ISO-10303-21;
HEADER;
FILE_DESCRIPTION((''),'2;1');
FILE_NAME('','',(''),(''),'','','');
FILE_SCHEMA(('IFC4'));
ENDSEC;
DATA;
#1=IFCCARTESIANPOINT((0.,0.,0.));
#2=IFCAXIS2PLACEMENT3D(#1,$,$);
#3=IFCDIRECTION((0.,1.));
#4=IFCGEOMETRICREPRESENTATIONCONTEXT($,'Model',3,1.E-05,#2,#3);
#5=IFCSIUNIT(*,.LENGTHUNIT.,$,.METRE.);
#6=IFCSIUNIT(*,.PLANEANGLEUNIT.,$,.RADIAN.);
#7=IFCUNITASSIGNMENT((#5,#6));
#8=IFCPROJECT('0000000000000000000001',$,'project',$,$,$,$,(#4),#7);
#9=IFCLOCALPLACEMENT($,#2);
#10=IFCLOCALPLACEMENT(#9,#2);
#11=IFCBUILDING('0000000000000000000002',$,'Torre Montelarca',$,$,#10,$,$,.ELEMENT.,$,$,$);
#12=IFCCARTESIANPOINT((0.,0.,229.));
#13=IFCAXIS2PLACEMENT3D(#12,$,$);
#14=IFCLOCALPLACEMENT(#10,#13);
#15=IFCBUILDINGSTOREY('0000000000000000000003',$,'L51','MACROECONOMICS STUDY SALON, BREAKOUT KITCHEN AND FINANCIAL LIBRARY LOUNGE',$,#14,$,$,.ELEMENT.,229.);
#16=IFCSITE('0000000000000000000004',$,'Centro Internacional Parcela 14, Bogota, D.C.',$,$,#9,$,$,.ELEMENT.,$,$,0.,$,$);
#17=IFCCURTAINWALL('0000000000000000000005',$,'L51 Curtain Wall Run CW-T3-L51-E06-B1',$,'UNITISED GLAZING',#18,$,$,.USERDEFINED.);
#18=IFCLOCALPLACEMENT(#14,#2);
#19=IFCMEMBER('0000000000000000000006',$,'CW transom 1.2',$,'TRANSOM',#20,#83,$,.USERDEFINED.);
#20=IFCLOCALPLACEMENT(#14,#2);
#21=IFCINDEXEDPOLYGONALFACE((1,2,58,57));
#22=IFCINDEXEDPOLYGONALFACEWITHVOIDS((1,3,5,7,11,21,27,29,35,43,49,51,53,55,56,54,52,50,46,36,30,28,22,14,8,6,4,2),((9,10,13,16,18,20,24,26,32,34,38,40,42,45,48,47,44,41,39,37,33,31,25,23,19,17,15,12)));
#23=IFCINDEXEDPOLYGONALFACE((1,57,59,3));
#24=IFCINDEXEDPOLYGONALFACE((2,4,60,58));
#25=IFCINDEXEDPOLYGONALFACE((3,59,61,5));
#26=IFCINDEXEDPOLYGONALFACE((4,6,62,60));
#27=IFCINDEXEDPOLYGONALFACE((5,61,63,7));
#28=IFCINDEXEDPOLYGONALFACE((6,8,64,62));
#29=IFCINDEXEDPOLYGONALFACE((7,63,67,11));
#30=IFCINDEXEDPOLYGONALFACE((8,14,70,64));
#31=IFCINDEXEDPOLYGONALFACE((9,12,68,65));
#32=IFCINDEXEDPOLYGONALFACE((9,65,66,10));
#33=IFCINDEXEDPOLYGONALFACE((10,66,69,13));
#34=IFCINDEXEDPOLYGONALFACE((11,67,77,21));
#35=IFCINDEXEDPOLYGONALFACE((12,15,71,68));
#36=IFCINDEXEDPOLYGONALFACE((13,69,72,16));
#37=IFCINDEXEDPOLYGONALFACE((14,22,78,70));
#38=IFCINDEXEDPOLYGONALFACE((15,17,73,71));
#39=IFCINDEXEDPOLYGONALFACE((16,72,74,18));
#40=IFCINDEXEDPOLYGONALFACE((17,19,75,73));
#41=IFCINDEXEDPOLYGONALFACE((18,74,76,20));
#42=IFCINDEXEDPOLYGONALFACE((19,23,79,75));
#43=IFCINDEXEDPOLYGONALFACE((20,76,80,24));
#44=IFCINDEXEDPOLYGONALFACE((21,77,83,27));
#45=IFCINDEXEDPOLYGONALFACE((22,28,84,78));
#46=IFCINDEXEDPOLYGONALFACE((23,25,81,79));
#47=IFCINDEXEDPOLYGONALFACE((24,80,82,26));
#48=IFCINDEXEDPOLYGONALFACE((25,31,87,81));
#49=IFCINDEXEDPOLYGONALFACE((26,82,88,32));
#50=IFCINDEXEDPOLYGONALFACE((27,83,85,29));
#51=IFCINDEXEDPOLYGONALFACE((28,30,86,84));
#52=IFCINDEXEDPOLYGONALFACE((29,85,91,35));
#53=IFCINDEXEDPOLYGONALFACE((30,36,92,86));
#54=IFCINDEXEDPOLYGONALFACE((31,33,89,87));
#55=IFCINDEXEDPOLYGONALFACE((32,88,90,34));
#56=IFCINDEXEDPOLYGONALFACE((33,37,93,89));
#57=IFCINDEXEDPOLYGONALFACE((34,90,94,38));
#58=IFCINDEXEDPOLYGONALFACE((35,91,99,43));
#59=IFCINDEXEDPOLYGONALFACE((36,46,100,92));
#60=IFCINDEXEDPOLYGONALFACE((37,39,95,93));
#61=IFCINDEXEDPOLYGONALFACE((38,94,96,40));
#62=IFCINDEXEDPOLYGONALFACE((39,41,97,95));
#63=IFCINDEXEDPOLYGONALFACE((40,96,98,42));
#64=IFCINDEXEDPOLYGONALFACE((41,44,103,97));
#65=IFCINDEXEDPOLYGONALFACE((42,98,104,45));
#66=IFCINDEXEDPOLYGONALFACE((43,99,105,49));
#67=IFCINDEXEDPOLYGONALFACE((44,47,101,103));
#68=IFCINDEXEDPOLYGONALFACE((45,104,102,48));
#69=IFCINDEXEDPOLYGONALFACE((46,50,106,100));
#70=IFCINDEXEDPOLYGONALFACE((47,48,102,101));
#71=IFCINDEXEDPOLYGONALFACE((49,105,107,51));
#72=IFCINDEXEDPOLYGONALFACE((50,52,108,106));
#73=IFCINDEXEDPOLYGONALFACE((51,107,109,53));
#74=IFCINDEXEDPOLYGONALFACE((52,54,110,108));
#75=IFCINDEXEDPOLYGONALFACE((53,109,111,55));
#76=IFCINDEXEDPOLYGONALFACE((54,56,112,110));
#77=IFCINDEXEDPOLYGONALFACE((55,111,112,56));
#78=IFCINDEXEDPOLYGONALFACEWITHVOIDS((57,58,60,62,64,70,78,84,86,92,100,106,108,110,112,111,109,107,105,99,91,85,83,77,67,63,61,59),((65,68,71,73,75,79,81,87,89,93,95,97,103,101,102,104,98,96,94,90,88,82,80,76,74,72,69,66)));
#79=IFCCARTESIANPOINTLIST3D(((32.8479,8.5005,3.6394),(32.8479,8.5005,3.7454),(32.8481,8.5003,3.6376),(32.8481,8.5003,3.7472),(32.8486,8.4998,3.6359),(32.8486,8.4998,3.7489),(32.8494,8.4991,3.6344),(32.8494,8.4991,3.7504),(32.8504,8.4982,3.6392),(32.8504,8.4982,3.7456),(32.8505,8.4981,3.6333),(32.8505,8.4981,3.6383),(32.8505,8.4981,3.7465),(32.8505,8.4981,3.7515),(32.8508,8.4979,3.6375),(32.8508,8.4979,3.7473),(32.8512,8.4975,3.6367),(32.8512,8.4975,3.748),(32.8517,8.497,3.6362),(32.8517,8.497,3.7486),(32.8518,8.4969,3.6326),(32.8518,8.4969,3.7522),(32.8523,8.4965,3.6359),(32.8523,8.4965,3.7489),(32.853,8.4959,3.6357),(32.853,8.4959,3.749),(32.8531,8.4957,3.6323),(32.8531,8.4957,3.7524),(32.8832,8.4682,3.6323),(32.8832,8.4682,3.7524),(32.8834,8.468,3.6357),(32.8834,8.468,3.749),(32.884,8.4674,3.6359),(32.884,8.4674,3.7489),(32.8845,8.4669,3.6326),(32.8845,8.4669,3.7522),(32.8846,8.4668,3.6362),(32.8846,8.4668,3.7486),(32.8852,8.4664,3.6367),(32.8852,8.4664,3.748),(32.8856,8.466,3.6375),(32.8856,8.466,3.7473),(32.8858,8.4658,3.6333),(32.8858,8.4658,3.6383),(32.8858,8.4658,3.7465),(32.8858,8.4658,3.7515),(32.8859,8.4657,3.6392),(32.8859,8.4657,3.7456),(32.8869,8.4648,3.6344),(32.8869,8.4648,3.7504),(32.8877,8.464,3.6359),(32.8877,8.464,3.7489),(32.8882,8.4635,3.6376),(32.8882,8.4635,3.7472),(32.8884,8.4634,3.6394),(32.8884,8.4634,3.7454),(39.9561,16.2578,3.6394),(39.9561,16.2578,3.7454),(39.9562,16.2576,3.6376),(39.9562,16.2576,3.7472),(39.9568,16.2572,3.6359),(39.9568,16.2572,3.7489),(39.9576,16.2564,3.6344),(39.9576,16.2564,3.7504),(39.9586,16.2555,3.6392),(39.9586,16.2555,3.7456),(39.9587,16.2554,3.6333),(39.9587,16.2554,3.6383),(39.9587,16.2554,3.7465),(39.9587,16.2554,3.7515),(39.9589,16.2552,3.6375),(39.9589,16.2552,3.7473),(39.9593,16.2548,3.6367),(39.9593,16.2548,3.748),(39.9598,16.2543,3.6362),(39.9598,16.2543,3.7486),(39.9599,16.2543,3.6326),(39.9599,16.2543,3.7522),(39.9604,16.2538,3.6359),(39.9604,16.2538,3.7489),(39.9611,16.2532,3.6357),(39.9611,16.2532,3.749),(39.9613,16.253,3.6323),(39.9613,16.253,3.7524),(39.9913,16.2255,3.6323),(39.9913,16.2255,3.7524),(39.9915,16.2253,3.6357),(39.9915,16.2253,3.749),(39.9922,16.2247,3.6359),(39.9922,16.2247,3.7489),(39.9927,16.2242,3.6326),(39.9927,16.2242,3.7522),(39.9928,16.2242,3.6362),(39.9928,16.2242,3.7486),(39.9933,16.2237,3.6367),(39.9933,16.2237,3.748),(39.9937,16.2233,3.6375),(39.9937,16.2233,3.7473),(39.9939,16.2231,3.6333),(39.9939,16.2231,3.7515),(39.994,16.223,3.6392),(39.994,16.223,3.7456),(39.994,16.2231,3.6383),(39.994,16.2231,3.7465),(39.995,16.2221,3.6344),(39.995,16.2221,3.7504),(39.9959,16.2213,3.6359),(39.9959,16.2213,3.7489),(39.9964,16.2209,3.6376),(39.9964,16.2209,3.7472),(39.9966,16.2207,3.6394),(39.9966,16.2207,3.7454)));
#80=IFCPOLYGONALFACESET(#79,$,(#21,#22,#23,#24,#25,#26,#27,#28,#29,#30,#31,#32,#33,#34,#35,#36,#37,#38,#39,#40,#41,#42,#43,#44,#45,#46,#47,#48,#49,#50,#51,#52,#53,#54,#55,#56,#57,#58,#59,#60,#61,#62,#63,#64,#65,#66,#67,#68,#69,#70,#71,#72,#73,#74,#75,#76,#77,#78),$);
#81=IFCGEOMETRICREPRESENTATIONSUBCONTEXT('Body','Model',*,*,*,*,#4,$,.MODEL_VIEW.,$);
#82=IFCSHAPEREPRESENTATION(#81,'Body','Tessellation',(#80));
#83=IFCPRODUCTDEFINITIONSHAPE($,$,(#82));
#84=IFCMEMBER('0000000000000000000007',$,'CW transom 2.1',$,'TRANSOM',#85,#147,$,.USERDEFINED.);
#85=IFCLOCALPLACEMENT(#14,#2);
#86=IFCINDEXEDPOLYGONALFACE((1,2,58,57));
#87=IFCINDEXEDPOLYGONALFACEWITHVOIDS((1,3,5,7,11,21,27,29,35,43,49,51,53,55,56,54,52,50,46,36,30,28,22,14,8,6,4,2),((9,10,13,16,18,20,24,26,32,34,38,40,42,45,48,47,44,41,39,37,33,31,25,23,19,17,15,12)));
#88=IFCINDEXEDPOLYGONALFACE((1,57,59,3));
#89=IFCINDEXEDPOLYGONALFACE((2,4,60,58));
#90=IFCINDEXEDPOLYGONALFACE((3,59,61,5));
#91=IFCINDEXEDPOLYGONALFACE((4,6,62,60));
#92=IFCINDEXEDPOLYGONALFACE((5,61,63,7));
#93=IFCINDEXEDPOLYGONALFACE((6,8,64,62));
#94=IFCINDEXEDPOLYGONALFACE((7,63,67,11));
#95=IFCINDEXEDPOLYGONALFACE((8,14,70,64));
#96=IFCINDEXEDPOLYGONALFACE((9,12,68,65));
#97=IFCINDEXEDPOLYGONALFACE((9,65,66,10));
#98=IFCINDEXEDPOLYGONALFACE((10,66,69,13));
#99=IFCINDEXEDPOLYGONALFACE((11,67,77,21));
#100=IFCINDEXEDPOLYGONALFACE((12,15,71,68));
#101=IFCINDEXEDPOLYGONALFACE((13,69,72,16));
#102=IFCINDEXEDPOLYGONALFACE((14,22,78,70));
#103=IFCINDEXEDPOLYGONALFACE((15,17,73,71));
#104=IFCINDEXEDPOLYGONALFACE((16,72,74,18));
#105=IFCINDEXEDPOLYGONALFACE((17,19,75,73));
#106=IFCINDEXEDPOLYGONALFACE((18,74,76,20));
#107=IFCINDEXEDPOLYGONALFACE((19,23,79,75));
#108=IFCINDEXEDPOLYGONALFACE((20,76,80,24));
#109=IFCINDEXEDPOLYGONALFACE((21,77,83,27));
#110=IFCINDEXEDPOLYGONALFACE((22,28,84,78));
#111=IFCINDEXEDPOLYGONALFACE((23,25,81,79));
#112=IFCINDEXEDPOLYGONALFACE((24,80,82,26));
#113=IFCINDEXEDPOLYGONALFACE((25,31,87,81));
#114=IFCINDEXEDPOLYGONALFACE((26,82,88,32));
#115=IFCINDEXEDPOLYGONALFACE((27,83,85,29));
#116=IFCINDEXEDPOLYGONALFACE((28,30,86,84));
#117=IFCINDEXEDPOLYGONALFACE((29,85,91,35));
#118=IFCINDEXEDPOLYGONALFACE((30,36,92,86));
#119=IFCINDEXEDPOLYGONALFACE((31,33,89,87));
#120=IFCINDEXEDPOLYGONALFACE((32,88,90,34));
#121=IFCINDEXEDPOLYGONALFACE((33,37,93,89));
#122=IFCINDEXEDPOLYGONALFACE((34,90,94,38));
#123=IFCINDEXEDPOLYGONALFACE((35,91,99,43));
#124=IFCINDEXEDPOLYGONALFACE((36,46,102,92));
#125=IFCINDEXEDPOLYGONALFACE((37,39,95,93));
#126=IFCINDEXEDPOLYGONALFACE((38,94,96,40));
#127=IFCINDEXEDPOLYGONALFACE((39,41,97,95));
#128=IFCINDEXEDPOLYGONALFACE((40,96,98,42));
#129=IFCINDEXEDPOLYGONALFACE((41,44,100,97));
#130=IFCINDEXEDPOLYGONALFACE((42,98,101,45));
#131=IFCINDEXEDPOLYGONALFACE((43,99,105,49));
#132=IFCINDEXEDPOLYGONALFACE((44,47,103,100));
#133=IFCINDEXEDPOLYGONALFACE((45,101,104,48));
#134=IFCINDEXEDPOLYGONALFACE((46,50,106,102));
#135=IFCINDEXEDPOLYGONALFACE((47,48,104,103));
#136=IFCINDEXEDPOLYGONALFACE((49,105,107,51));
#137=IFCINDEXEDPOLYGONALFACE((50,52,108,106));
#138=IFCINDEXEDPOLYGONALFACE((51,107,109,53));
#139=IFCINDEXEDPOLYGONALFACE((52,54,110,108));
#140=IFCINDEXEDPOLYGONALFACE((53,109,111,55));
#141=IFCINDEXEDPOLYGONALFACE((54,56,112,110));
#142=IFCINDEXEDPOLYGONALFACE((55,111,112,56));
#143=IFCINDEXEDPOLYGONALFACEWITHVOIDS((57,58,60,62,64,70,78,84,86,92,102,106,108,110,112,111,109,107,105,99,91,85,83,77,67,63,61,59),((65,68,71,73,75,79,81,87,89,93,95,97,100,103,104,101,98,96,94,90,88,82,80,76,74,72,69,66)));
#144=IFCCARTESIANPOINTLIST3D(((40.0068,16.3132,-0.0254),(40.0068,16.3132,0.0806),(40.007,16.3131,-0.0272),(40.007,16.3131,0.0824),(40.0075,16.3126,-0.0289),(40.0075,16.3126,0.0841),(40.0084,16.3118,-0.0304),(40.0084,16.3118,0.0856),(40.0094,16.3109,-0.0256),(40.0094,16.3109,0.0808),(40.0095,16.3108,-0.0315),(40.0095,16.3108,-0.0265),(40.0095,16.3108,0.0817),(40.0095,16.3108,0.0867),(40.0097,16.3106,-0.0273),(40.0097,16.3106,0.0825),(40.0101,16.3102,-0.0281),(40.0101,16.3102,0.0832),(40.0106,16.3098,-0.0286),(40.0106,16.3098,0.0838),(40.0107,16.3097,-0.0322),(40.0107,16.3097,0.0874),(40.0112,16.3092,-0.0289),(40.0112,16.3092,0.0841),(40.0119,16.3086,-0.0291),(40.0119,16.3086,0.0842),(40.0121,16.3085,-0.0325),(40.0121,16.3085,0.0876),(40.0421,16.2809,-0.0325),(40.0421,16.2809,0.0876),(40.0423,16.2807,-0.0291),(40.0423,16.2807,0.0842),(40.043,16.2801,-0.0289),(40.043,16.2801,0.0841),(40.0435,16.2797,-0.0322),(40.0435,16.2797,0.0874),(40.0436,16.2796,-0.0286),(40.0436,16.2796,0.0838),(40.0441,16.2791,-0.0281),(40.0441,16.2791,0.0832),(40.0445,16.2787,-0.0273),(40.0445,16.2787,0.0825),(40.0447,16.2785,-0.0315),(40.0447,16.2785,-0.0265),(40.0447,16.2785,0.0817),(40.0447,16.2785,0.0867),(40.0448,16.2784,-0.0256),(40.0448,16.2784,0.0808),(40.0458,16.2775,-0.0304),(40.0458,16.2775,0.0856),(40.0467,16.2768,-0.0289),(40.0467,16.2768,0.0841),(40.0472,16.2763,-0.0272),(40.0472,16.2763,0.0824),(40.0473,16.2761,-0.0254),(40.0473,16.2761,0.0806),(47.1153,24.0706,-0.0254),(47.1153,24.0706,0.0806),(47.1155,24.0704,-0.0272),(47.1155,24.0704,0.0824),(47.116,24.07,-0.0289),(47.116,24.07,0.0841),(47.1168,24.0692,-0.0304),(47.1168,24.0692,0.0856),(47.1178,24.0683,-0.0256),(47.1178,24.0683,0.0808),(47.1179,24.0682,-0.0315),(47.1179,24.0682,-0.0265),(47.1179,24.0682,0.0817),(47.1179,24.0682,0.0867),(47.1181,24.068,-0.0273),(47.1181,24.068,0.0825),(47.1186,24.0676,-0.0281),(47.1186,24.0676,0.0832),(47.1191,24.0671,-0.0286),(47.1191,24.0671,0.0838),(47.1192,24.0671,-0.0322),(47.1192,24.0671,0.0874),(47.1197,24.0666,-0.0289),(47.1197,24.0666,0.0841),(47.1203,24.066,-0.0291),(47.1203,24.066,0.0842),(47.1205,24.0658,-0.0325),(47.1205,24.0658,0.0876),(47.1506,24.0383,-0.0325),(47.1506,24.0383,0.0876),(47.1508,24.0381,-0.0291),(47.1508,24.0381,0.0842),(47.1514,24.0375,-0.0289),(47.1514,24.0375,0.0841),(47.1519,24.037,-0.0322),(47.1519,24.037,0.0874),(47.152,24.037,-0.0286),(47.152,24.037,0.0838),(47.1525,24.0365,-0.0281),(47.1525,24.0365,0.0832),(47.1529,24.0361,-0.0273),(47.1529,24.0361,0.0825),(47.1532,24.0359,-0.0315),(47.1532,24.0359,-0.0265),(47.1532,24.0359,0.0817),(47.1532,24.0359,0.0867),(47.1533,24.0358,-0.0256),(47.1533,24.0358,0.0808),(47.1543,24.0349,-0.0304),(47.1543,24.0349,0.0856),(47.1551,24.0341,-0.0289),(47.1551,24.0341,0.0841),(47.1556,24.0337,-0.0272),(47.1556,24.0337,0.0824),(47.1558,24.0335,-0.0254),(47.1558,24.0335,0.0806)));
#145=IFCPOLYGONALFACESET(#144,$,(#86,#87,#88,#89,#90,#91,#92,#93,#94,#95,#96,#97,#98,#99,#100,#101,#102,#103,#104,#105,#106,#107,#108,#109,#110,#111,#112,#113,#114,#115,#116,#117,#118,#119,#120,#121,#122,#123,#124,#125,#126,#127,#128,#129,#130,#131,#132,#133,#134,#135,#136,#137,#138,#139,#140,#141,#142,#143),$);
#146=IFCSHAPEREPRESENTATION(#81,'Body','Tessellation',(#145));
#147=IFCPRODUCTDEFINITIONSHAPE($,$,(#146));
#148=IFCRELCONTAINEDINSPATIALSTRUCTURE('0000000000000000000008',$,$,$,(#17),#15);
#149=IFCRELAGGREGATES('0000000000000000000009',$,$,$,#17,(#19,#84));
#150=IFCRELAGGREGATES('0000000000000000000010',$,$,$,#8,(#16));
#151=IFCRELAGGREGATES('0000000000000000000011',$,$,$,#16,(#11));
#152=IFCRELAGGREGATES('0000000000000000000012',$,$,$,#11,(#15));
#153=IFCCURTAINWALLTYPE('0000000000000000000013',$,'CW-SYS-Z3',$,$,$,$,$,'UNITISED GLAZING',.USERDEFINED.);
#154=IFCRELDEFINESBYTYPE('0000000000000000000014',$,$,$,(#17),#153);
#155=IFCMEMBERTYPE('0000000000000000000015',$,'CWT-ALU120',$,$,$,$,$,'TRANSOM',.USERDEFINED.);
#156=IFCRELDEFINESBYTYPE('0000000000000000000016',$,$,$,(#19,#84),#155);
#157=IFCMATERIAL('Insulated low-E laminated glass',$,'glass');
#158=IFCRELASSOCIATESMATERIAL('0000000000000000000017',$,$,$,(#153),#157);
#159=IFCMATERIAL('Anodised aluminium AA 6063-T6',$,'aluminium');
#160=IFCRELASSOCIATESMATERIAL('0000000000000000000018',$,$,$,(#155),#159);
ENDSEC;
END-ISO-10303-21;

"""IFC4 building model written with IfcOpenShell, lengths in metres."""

from ifc_helpers import new_model, si_unit, direction, frame, origin, origin_2d, place, context, subcontext, project, spatial, hollow_rectangle, extrude, source, transform, mapped, material, material_profile, profile_set, type_object, element, aggregate, save


model = new_model("IFC4")

# Units and contexts
model_context = context("Model", 3, precision=1e-05, world=origin(), true_north=direction((0.0, 1.0)))
body_context = subcontext(model_context, "Body", "Model", "MODEL_VIEW")
ifc_project = project(units=[si_unit("LENGTHUNIT", "METRE"), si_unit("PLANEANGLEUNIT", "RADIAN")], contexts=[model_context])

# Site, building, storey
site_placement = place(None, origin())
site = spatial("IfcSite", under=ifc_project, at=site_placement, Name="Centro Internacional Parcela 14, Bogota, D.C.", CompositionType="ELEMENT", RefElevation=0.0)
building_placement = place(site_placement, origin())
building = spatial("IfcBuilding", under=site, at=building_placement, Name="Torre Montelarca", CompositionType="ELEMENT")
storey_placement = place(building_placement, frame((0.0, 0.0, 229.0)))
storey = spatial("IfcBuildingStorey", under=building, at=storey_placement, Name="L51", Description="MACROECONOMICS STUDY SALON, BREAKOUT KITCHEN AND FINANCIAL LIBRARY LOUNGE", CompositionType="ELEMENT", Elevation=229.0)

# Shared definitions
ifc_material_1 = material(Name="Insulated low-E laminated glass", Category="glass")
curtain_wall_type = type_object("IfcCurtainWallType", Name="CW-SYS-Z3", ElementType="UNITISED GLAZING", PredefinedType="USERDEFINED", material=ifc_material_1)
ifc_material_2 = material(Name="Anodised aluminium AA 6063-T6", Category="aluminium")
ifc_material_profile_1 = material_profile(ifc_material_2, hollow_rectangle(XDim=0.0549, YDim=0.1201, WallThickness=0.0034, InnerFilletRadius=0.0034, OuterFilletRadius=0.0071, at=origin_2d()), Name="ALU55X120X3.5", Category="aluminium")
ifc_profile_set_1 = profile_set([ifc_material_profile_1], Name="Anodised aluminium AA 6063-T6")
member_type_1 = type_object("IfcMemberType", Name="CWT-ALU120", ElementType="TRANSOM", PredefinedType="USERDEFINED", material=ifc_profile_set_1)

# Curtain wall
curtain_wall_1_placement = place(storey_placement, origin())
curtain_wall_1 = element("IfcCurtainWall", 1, at=curtain_wall_1_placement, inside=storey, type_object=curtain_wall_type, Name="L51 Curtain Wall Run CW-T3-L51-E06-B1", ObjectType="UNITISED GLAZING", PredefinedType="USERDEFINED")

# Members
shared_shape_1 = source(origin(), body_context, "Body", "SweptSolid", [
    extrude(hollow_rectangle(XDim=0.0549, YDim=0.1201, WallThickness=0.0034, InnerFilletRadius=0.0034, OuterFilletRadius=0.0071, at=origin_2d()), origin(), (0.0, 0.0, 1.0), 10.5215),
])
member_1_placement = place(storey_placement, frame((32.8682, 8.4819, 3.6924), z_axis=(0.675584, 0.737283, 0.0), x_axis=(-0.737283, 0.675584, 0.0)))
member_1 = element("IfcMember", 2, at=member_1_placement, type_object=member_type_1, Name="CW transom 1.2", ObjectType="TRANSOM", PredefinedType="USERDEFINED", context=body_context, shape_type="MappedRepresentation", body=[
    mapped(shared_shape_1, transform((0.0, 0.0, 0.0), scale=1.0)),
])
shared_shape_2 = source(origin(), body_context, "Body", "SweptSolid", [
    extrude(hollow_rectangle(XDim=0.0549, YDim=0.1201, WallThickness=0.0034, InnerFilletRadius=0.0034, OuterFilletRadius=0.0071, at=origin_2d()), origin(), (0.0, 0.0, 1.0), 10.5217),
])
member_2_placement = place(storey_placement, frame((40.0271, 16.2947, 0.0276), z_axis=(0.675596, 0.737272, 0.0), x_axis=(-0.737272, 0.675596, 0.0)))
member_2 = element("IfcMember", 3, at=member_2_placement, type_object=member_type_1, Name="CW transom 2.1", ObjectType="TRANSOM", PredefinedType="USERDEFINED", context=body_context, shape_type="MappedRepresentation", body=[
    mapped(shared_shape_2, transform((0.0, 0.0, 0.0), scale=1.0)),
])

aggregate(curtain_wall_1, [member_1, member_2])

save(model, "model.ifc")
